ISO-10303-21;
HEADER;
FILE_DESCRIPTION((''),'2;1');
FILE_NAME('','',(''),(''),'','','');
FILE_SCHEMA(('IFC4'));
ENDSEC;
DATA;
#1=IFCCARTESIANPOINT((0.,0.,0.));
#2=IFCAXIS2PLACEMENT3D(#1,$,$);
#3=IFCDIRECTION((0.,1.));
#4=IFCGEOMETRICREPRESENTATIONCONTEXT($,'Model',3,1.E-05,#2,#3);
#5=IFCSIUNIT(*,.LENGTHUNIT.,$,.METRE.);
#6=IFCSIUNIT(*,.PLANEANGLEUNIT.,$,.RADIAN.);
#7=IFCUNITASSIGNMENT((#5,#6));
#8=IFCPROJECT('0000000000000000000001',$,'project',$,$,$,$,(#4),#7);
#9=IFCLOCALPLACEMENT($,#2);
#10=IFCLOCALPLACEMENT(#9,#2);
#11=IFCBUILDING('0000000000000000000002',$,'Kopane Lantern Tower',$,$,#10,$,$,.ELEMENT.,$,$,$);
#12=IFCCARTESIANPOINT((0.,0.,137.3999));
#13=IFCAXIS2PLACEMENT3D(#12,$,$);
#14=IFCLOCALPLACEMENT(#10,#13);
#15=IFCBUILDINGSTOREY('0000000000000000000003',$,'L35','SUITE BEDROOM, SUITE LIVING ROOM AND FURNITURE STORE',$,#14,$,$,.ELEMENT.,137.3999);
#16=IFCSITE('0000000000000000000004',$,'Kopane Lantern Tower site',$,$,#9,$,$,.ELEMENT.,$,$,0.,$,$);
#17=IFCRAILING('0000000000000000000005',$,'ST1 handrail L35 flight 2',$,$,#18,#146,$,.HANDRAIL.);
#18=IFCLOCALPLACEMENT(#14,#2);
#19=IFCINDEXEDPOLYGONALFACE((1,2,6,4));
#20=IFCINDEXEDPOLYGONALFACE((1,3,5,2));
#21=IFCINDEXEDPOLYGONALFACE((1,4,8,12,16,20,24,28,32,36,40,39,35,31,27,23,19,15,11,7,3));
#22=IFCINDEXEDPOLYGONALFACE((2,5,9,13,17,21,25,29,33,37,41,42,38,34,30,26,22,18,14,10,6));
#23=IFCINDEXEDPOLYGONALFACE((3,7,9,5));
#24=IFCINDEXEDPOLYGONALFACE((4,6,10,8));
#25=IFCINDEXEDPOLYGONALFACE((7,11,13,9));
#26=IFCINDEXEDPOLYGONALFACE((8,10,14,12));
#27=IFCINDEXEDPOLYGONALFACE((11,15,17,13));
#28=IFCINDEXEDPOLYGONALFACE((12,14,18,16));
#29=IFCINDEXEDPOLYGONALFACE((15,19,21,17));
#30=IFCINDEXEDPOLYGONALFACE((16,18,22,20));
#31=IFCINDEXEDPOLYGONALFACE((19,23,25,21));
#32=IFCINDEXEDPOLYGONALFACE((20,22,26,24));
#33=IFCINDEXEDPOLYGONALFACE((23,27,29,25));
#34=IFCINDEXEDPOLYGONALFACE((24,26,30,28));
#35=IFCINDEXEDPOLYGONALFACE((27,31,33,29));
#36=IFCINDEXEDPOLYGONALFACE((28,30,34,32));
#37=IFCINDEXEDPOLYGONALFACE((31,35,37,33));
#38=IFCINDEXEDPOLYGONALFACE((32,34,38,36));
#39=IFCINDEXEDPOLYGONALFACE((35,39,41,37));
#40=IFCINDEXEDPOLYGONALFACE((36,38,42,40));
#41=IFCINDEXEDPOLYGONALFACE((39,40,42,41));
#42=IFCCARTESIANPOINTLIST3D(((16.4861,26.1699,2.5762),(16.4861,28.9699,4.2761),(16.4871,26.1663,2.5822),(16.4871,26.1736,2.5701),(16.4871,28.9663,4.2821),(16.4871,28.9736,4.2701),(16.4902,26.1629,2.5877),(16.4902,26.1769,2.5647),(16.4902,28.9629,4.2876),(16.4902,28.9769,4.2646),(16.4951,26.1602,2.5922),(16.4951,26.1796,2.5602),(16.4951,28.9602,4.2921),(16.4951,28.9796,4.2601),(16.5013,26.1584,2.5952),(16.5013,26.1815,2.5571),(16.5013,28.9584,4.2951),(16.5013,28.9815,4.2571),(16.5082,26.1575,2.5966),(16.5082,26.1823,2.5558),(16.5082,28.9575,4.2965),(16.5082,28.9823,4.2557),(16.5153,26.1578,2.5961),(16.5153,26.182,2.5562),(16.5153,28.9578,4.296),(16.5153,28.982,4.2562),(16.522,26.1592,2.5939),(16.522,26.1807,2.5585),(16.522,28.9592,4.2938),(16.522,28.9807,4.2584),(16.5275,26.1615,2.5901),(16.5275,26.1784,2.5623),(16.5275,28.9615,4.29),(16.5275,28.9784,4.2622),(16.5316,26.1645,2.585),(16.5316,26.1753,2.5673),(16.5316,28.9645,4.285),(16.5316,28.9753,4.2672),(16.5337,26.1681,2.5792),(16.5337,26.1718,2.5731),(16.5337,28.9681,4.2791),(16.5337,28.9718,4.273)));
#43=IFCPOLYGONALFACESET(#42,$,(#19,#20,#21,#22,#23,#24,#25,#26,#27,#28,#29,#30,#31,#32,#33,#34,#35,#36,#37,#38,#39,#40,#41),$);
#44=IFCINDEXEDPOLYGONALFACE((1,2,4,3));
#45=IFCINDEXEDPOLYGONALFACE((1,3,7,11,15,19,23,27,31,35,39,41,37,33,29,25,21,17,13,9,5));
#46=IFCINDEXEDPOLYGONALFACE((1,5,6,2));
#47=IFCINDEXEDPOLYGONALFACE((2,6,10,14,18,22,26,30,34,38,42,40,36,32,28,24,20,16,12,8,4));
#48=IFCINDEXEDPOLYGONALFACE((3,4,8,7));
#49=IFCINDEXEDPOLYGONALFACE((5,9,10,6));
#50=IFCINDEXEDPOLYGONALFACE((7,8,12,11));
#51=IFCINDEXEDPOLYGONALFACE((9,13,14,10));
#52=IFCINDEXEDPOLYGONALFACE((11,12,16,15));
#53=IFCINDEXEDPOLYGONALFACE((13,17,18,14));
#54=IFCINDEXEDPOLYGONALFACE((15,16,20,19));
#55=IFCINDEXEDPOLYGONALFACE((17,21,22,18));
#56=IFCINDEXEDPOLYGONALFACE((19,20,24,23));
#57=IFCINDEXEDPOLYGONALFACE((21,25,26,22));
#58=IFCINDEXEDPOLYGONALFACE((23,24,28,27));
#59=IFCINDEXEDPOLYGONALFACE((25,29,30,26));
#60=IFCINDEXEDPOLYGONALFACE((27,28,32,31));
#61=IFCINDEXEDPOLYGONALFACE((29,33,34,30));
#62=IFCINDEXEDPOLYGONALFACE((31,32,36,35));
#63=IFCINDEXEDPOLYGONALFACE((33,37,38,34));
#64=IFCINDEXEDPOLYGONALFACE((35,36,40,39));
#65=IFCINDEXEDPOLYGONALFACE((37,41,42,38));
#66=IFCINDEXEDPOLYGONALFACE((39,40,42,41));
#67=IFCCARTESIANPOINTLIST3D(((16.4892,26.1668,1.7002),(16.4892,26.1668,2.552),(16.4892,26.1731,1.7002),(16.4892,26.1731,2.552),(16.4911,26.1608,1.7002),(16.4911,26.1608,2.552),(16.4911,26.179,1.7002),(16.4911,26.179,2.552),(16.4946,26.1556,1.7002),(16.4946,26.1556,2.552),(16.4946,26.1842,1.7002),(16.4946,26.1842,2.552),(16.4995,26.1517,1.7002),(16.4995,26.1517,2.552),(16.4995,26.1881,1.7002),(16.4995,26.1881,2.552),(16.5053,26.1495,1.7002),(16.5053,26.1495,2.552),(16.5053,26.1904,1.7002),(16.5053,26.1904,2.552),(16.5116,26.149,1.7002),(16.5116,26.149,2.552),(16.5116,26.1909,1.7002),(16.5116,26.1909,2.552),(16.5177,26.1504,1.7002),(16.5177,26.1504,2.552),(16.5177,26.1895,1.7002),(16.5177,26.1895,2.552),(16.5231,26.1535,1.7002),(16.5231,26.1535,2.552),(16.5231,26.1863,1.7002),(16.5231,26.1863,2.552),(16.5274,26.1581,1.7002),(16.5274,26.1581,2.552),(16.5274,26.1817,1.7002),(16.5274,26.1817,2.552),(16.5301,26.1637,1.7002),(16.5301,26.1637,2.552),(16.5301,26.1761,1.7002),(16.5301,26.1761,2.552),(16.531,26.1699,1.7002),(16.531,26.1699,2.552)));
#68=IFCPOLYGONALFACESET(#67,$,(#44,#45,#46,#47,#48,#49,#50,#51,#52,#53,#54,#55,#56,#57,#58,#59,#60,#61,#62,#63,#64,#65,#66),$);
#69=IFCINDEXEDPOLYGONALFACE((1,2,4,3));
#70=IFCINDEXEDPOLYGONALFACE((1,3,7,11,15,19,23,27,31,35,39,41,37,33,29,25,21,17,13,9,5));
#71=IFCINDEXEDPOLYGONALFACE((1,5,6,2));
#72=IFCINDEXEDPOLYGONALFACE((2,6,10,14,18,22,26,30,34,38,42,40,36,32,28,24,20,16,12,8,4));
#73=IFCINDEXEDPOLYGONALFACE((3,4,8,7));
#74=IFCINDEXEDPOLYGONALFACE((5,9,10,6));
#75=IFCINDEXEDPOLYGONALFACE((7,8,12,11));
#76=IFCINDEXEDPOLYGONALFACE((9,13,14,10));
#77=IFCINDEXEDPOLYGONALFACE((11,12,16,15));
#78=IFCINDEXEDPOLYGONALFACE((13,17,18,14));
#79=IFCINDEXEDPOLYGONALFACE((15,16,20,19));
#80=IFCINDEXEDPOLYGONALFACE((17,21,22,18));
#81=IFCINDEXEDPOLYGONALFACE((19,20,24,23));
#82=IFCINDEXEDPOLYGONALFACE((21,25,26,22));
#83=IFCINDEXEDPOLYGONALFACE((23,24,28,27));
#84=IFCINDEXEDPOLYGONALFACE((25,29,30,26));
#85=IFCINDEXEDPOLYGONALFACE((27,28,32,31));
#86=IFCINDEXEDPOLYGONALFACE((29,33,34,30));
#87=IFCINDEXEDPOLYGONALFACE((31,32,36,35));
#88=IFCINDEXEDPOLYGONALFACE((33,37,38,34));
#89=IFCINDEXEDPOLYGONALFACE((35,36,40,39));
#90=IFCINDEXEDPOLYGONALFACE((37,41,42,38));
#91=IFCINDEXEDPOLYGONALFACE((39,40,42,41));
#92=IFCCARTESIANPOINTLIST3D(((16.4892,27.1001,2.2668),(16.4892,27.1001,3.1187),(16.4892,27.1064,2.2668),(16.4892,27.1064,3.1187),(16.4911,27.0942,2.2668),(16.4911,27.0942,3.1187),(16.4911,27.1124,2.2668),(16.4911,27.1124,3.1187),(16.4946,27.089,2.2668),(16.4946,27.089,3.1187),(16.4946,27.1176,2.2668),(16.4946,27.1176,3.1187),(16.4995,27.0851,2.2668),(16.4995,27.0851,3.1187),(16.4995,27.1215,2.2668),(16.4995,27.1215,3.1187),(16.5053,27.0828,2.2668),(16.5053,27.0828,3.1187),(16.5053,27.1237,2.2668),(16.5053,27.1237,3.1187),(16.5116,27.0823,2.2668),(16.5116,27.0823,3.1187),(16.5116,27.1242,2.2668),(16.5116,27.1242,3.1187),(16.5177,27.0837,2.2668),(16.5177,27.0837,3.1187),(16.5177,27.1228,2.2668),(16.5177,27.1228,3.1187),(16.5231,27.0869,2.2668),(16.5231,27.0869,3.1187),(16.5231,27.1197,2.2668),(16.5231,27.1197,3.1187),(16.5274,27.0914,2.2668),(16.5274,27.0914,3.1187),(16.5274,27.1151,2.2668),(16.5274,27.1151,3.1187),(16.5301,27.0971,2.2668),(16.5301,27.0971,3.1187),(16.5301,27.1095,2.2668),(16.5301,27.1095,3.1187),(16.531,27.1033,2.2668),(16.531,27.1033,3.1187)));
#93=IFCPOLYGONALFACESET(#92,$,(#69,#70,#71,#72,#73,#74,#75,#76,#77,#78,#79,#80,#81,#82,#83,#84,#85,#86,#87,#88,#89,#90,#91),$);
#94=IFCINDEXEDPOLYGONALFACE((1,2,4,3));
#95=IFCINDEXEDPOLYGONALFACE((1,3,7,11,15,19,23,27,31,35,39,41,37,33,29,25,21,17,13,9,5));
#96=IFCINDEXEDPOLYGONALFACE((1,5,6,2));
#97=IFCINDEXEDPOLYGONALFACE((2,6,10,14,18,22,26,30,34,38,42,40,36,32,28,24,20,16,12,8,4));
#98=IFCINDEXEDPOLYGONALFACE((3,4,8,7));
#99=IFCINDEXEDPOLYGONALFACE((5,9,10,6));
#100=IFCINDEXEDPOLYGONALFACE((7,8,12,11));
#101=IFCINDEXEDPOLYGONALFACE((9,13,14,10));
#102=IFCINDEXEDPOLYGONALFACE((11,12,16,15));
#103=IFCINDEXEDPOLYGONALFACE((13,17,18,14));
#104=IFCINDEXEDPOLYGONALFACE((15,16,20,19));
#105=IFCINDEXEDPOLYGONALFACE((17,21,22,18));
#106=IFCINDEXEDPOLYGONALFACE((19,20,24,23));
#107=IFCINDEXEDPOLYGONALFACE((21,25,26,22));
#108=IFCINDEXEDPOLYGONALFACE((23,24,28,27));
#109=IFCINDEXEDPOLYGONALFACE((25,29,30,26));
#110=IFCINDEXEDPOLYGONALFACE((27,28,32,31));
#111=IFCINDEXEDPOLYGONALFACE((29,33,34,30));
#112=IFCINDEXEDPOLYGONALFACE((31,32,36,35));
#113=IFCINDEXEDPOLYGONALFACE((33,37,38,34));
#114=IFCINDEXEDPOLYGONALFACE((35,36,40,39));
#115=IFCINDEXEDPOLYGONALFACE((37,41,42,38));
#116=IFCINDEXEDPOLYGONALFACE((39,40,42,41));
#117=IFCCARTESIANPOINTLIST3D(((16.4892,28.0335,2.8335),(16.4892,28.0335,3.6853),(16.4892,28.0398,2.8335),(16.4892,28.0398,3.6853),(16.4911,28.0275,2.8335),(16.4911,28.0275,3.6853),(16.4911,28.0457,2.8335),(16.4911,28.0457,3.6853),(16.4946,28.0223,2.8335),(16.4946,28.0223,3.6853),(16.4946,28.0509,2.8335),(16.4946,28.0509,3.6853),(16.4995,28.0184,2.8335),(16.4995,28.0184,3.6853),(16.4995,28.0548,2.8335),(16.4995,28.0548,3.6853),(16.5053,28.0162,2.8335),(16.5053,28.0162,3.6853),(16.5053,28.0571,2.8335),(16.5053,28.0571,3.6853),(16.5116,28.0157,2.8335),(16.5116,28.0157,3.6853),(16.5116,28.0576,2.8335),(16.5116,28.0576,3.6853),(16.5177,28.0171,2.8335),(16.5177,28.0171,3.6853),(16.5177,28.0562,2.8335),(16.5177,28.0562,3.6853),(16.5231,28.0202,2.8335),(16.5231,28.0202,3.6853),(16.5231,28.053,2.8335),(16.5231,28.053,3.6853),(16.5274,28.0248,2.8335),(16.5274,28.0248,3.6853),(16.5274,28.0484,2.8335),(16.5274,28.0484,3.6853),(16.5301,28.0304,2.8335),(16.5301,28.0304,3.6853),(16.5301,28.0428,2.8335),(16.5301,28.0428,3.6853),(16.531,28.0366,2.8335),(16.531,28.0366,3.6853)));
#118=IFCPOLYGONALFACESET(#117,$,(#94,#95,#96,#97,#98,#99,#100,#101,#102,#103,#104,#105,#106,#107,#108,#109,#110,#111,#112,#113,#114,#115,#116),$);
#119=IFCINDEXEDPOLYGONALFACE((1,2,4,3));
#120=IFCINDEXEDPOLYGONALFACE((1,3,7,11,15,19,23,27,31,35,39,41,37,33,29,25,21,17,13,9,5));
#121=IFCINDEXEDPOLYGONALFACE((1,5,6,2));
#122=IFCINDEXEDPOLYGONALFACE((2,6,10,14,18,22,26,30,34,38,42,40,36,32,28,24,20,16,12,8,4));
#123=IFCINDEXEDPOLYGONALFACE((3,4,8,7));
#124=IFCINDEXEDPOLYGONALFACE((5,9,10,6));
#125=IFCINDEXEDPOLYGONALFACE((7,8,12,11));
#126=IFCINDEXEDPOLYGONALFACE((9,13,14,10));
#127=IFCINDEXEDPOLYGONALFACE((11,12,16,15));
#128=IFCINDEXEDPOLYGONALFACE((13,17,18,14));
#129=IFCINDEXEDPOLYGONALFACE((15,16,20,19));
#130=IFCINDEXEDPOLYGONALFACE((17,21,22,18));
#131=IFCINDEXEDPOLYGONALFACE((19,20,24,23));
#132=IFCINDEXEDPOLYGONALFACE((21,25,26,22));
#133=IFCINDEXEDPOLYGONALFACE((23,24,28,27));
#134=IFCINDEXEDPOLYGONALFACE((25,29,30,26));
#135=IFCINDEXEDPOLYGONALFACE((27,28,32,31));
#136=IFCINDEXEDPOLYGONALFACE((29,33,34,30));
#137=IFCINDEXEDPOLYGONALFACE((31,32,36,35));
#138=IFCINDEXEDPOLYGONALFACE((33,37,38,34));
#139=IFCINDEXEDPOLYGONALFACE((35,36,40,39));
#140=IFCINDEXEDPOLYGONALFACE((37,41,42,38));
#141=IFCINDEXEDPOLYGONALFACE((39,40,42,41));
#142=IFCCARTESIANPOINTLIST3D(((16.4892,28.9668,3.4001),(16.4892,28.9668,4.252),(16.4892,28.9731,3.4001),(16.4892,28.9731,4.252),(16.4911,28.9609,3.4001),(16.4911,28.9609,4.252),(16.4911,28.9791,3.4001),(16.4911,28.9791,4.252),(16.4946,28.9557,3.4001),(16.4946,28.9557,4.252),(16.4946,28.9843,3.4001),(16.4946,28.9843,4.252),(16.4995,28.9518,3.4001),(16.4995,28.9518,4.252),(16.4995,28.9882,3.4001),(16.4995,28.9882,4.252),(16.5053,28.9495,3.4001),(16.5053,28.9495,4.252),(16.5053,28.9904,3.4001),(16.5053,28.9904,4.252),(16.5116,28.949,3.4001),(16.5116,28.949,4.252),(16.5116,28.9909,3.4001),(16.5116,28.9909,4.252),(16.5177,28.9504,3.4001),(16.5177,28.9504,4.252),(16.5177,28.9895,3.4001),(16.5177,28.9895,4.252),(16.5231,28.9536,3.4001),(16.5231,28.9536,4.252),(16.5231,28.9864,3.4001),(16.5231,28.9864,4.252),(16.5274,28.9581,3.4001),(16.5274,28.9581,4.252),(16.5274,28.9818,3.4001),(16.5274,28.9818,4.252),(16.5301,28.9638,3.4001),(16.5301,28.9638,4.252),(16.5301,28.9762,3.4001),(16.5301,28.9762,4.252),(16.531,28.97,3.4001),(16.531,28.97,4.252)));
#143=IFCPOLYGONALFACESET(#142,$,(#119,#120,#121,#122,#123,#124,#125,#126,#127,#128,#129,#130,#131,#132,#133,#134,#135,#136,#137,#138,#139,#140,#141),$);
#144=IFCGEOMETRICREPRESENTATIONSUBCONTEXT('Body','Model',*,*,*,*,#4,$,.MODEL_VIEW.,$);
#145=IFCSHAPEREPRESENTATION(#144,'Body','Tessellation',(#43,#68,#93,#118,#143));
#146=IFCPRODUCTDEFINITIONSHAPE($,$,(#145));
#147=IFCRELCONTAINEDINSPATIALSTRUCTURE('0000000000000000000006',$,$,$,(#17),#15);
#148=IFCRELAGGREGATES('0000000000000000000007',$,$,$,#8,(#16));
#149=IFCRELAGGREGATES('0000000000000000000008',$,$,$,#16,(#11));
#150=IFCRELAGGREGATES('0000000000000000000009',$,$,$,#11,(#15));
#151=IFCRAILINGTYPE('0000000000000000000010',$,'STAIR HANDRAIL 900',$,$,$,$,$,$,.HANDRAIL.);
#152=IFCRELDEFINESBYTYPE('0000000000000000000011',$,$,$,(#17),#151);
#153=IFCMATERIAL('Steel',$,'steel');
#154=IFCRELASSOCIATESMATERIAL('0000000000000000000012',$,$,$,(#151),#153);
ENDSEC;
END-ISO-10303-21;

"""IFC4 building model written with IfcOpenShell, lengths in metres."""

from ifc_helpers import new_model, si_unit, direction, frame, origin, origin_2d, place, context, subcontext, project, spatial, circle, extrude, material, type_object, element, save


model = new_model("IFC4")

# Units and contexts
model_context = context("Model", 3, precision=1e-05, world=origin(), true_north=direction((0.0, 1.0)))
body_context = subcontext(model_context, "Body", "Model", "MODEL_VIEW")
ifc_project = project(units=[si_unit("LENGTHUNIT", "METRE"), si_unit("PLANEANGLEUNIT", "RADIAN")], contexts=[model_context])

# Site, building, storey
site_placement = place(None, origin())
site = spatial("IfcSite", under=ifc_project, at=site_placement, Name="Kopane Lantern Tower site", CompositionType="ELEMENT", RefElevation=0.0)
building_placement = place(site_placement, origin())
building = spatial("IfcBuilding", under=site, at=building_placement, Name="Kopane Lantern Tower", CompositionType="ELEMENT")
storey_placement = place(building_placement, frame((0.0, 0.0, 137.3999)))
storey = spatial("IfcBuildingStorey", under=building, at=storey_placement, Name="L35", Description="SUITE BEDROOM, SUITE LIVING ROOM AND FURNITURE STORE", CompositionType="ELEMENT", Elevation=137.3999)

# Railing
ifc_material_1 = material(Name="Steel", Category="steel")
railing_type = type_object("IfcRailingType", Name="STAIR HANDRAIL 900", PredefinedType="HANDRAIL", material=ifc_material_1)
for number, where, name in (
    (1, (16.51, 26.1699, 1.7002), "ST1 handrail L35 flight 2"),
):
    element("IfcRailing", number, at=place(storey_placement, frame(where)), inside=storey, type_object=railing_type, Name=name, PredefinedType="HANDRAIL", context=body_context, shape_type="SweptSolid", body=[
        extrude(circle(Radius=0.0239, at=origin_2d()), frame((0.0, 0.0, 0.876), z_axis=(0.0, 0.854798, 0.518961), x_axis=(-1.0, 0.0, 0.0)), (0.0, 0.0, 1.0), 3.2756),
        extrude(circle(Radius=0.021, at=origin_2d()), origin(), (0.0, 0.0, 1.0), 0.8518),
        extrude(circle(Radius=0.021, at=origin_2d()), frame((0.0, 0.9333, 0.5667)), (0.0, 0.0, 1.0), 0.8518),
        extrude(circle(Radius=0.021, at=origin_2d()), frame((0.0, 1.8667, 1.1333)), (0.0, 0.0, 1.0), 0.8518),
        extrude(circle(Radius=0.021, at=origin_2d()), frame((0.0, 2.8, 1.7)), (0.0, 0.0, 1.0), 0.8518),
    ])

save(model, "model.ifc")
